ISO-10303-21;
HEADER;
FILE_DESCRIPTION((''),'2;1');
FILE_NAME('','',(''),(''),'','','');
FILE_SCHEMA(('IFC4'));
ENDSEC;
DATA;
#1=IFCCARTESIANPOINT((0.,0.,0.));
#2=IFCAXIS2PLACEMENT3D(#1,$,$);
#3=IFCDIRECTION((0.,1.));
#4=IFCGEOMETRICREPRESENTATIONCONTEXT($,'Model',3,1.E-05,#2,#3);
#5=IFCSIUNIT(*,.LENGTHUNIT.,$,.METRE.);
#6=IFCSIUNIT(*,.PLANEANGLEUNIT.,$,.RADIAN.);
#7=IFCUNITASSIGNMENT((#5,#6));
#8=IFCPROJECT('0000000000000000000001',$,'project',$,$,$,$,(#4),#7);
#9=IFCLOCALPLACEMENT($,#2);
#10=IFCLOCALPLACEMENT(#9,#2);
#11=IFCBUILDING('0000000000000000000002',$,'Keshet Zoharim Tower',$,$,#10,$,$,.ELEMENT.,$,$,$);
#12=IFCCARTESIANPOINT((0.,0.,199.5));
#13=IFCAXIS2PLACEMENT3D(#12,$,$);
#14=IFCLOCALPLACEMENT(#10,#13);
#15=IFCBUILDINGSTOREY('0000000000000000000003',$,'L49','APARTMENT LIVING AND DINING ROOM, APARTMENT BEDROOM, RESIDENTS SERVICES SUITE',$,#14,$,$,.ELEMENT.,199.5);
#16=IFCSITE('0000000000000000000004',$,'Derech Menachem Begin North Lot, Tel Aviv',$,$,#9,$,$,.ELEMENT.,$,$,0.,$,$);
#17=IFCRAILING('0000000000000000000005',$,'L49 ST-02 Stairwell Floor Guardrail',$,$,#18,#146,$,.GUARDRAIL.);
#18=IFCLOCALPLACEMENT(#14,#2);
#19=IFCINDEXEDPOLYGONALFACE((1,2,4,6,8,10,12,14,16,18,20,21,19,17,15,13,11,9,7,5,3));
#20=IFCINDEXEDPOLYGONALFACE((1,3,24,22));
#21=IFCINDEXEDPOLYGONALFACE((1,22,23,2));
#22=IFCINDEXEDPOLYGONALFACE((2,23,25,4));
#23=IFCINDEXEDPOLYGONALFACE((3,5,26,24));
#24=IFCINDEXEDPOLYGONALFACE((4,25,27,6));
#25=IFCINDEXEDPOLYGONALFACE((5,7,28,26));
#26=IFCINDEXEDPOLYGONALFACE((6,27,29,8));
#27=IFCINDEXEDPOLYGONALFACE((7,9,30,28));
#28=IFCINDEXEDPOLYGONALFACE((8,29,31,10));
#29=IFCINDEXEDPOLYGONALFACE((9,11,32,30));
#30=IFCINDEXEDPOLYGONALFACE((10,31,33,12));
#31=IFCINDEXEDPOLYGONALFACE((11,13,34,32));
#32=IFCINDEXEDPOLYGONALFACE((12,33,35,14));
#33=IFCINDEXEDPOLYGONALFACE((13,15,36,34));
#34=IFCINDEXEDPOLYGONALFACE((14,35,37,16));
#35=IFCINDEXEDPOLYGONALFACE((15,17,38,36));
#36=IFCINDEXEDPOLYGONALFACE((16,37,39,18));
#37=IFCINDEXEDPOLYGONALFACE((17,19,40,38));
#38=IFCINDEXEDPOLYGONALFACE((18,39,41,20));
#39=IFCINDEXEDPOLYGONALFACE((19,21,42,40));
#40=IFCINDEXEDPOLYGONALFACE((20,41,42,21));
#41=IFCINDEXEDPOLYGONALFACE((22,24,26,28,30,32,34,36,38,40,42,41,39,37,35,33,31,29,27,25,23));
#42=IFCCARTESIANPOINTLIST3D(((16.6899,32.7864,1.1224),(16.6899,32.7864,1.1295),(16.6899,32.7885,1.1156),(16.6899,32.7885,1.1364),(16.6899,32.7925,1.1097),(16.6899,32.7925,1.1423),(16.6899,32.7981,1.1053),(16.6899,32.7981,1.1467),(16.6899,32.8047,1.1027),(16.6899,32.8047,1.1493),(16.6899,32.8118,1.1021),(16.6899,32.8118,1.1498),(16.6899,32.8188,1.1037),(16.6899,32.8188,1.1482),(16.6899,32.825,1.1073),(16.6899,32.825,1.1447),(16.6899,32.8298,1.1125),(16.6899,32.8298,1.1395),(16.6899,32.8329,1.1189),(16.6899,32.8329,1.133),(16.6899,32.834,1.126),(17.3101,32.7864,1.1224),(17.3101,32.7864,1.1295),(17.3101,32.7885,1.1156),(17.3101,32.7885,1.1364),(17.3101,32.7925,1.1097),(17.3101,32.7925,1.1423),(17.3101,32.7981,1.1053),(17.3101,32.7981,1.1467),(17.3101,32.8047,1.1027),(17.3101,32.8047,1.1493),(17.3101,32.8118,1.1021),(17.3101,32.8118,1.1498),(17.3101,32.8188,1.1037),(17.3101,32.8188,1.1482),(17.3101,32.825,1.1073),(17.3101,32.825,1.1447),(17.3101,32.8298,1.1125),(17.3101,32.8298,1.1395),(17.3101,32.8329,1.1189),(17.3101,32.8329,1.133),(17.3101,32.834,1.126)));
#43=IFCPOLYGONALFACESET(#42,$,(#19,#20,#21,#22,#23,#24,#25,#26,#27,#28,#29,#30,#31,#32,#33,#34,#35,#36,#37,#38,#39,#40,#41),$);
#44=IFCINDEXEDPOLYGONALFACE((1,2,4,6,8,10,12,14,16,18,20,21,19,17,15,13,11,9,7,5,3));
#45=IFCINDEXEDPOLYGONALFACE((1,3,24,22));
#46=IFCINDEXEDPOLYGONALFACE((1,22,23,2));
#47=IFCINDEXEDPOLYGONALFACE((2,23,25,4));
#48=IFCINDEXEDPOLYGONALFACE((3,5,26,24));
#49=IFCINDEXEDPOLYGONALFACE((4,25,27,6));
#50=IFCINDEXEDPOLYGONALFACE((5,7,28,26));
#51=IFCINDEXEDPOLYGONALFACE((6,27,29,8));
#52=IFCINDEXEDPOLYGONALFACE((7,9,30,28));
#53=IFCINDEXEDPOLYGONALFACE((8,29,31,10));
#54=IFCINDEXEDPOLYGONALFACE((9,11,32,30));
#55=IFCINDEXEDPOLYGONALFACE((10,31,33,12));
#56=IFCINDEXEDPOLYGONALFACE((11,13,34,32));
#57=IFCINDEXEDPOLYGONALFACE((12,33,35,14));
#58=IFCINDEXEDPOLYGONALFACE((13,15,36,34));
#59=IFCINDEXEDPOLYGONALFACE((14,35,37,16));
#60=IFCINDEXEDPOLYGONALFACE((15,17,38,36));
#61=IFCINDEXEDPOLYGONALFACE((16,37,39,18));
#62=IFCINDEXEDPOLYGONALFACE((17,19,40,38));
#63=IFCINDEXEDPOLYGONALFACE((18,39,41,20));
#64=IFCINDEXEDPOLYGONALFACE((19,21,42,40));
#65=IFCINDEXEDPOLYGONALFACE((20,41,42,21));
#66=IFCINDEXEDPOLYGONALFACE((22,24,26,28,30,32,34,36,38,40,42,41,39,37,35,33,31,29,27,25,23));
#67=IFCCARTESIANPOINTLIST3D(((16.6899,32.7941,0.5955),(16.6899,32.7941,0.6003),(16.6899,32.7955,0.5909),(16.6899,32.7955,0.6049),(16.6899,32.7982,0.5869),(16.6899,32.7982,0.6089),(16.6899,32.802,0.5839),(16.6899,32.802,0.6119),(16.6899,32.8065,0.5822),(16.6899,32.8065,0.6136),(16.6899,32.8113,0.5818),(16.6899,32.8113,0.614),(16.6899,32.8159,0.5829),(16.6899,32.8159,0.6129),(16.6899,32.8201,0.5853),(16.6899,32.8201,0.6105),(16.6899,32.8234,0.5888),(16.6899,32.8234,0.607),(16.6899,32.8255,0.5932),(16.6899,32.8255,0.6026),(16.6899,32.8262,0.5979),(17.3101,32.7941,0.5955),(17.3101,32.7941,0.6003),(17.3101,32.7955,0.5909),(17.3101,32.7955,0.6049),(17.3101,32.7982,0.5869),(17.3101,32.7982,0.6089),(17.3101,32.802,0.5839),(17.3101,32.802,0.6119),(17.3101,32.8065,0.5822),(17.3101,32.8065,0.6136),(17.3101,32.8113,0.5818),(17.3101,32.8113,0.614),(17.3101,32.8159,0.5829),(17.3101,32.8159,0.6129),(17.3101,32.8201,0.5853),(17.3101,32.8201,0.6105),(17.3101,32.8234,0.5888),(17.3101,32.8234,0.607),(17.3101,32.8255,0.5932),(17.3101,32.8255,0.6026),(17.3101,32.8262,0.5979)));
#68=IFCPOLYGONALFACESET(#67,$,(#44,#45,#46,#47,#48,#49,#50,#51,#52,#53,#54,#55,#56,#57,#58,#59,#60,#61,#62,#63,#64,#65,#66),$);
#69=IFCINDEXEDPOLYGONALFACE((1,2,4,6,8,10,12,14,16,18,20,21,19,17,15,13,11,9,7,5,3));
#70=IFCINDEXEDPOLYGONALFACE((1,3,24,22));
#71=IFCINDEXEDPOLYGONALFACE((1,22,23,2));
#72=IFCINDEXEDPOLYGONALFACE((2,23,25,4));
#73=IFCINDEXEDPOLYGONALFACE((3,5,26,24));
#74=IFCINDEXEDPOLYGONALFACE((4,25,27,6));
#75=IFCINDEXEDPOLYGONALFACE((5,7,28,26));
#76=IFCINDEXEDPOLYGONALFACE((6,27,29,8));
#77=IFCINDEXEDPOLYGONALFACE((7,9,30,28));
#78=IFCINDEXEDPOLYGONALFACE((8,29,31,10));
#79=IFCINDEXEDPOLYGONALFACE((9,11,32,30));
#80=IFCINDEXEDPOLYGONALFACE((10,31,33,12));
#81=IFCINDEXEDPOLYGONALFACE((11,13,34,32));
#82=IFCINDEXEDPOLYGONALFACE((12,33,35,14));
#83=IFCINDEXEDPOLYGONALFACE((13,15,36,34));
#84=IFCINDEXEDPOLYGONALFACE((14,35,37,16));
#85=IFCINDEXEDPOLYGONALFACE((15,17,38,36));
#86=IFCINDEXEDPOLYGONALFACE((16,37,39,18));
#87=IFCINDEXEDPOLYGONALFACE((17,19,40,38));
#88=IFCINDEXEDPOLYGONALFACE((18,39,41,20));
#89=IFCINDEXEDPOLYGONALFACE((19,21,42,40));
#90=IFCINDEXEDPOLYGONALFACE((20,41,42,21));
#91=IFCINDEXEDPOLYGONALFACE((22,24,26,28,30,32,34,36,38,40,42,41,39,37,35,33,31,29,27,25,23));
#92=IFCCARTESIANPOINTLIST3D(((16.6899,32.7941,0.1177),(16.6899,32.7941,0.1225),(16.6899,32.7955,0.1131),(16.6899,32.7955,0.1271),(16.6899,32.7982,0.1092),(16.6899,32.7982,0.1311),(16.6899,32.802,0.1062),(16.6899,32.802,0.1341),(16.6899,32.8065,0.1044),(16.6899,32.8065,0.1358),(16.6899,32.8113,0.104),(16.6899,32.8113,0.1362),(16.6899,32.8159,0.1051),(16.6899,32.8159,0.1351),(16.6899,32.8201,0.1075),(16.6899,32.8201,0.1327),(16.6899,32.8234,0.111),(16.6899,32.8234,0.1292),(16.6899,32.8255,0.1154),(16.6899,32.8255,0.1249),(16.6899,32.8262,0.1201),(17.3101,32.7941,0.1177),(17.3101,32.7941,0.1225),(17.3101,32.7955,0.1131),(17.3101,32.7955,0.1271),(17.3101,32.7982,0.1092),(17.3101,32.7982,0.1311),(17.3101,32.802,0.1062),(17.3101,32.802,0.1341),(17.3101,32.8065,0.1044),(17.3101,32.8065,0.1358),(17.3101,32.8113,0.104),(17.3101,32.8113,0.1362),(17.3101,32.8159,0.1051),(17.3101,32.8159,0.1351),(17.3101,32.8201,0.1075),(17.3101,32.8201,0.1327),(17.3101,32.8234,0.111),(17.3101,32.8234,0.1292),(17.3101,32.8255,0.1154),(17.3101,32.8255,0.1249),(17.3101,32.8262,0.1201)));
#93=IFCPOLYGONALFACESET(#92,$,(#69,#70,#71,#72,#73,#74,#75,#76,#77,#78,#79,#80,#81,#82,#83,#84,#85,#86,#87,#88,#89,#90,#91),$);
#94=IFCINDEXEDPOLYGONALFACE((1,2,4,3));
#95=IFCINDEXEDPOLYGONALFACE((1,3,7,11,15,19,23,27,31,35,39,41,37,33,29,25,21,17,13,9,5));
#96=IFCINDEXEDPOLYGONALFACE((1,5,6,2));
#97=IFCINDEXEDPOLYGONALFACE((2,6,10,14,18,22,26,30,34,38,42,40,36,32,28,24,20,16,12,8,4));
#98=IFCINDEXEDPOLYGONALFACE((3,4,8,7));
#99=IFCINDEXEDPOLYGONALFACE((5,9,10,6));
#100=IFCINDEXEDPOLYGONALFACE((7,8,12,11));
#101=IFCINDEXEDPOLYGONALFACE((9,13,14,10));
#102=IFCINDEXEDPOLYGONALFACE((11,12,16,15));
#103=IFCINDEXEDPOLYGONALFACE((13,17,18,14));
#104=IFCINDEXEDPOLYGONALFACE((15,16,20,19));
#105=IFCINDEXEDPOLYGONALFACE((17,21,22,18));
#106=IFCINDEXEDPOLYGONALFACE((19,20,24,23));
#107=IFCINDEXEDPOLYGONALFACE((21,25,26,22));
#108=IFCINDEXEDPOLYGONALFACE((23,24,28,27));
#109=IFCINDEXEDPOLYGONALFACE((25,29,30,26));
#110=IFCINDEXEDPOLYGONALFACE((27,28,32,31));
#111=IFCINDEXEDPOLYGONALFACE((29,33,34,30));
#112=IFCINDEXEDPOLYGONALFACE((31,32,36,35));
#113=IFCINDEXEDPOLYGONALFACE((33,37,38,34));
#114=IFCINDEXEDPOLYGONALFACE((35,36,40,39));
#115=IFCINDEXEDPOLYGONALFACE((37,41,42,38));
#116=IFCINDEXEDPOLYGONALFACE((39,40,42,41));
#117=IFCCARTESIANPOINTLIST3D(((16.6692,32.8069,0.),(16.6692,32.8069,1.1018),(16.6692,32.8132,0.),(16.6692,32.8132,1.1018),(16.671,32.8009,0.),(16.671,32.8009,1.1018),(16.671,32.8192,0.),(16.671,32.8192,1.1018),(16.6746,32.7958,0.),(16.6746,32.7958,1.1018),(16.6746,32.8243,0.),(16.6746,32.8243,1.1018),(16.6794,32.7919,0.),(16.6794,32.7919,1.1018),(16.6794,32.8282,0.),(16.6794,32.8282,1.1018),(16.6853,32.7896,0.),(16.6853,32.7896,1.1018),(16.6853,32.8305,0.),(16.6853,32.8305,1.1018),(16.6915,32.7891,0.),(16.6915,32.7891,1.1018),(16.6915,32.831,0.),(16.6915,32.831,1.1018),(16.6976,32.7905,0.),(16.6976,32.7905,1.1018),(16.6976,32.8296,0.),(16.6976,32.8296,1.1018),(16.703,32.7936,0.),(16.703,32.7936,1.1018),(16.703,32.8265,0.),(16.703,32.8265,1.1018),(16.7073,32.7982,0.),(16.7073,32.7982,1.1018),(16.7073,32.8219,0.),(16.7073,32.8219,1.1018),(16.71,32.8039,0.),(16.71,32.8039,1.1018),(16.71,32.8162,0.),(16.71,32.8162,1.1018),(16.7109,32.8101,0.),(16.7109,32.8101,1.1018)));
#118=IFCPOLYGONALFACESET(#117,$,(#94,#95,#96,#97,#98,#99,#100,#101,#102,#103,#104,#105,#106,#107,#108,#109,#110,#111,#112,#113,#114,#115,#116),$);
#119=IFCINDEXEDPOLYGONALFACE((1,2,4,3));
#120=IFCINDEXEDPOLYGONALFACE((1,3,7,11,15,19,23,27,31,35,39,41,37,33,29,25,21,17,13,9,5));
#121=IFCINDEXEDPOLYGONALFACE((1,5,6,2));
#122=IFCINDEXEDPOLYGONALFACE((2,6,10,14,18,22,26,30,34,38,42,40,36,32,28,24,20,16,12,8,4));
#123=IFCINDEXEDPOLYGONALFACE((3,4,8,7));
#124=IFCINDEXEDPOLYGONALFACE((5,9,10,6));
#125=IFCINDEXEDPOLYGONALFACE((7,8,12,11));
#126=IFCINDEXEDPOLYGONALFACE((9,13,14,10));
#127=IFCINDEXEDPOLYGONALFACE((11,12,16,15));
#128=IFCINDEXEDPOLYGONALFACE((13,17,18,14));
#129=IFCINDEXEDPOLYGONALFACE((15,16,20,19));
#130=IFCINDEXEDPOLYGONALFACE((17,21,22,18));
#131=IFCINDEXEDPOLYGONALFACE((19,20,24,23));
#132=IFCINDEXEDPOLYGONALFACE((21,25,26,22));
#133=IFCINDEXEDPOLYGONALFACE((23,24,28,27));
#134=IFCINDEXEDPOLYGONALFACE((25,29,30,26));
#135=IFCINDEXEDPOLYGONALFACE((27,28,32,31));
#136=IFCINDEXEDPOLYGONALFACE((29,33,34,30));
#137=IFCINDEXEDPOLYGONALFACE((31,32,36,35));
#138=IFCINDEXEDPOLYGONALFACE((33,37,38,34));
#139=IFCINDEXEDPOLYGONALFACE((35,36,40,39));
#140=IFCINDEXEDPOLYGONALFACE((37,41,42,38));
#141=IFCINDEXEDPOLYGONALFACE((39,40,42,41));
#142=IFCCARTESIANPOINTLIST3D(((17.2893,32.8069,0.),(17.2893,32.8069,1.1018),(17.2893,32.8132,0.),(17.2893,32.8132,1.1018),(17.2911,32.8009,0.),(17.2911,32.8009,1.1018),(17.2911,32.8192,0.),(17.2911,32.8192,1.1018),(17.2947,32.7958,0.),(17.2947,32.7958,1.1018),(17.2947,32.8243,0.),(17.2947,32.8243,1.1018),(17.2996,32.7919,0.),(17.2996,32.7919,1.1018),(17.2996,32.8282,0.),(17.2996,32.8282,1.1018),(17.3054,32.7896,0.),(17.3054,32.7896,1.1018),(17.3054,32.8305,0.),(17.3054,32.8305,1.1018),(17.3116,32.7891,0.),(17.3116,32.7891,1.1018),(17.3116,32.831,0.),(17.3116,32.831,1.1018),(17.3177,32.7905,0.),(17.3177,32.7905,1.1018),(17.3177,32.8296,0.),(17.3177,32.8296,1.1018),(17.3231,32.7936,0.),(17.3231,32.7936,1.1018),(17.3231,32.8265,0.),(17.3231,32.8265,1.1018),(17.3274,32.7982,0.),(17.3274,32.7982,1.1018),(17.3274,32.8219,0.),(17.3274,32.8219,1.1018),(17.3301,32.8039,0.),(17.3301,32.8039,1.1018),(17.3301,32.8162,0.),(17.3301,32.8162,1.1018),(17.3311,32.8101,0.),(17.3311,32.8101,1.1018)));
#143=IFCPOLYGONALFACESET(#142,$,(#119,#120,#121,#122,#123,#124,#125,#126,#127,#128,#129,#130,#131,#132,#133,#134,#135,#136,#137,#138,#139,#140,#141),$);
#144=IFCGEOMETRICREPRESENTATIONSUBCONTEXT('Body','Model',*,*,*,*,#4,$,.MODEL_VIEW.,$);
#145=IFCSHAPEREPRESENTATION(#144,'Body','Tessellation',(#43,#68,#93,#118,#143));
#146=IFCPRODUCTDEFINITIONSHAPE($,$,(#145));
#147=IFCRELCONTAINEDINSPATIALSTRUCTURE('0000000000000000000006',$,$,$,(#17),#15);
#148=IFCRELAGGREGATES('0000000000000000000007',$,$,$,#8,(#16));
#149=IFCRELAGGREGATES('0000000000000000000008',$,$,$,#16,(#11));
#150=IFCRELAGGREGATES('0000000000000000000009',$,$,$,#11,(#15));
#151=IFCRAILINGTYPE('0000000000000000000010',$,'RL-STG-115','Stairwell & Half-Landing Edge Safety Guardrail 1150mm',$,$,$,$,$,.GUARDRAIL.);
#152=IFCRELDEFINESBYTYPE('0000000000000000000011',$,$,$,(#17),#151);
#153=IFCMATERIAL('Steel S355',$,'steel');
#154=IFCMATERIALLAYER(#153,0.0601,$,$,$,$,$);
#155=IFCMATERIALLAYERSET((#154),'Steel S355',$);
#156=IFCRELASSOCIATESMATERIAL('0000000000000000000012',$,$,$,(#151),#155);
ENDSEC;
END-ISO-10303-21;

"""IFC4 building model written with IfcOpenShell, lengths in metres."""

from ifc_helpers import new_model, si_unit, direction, frame, origin, origin_2d, place, context, subcontext, project, spatial, circle, extrude, material, layer, layer_set, type_object, element, save


model = new_model("IFC4")

# Units and contexts
model_context = context("Model", 3, precision=1e-05, world=origin(), true_north=direction((0.0, 1.0)))
body_context = subcontext(model_context, "Body", "Model", "MODEL_VIEW")
ifc_project = project(units=[si_unit("LENGTHUNIT", "METRE"), si_unit("PLANEANGLEUNIT", "RADIAN")], contexts=[model_context])

# Site, building, storey
site_placement = place(None, origin())
site = spatial("IfcSite", under=ifc_project, at=site_placement, Name="Derech Menachem Begin North Lot, Tel Aviv", CompositionType="ELEMENT", RefElevation=0.0)
building_placement = place(site_placement, origin())
building = spatial("IfcBuilding", under=site, at=building_placement, Name="Keshet Zoharim Tower", CompositionType="ELEMENT")
storey_placement = place(building_placement, frame((0.0, 0.0, 199.5)))
storey = spatial("IfcBuildingStorey", under=building, at=storey_placement, Name="L49", Description="APARTMENT LIVING AND DINING ROOM, APARTMENT BEDROOM, RESIDENTS SERVICES SUITE", CompositionType="ELEMENT", Elevation=199.5)

# Shared definitions
ifc_material_1 = material(Name="Steel S355", Category="steel")

# Railing
ifc_layer_1 = layer(ifc_material_1, 0.0601)
ifc_layer_set_1 = layer_set([ifc_layer_1], Name="Steel S355")
railing_type_1 = type_object("IfcRailingType", Name="RL-STG-115", Description="Stairwell & Half-Landing Edge Safety Guardrail 1150mm", PredefinedType="GUARDRAIL", material=ifc_layer_set_1)
railing_1_placement = place(storey_placement, frame((16.6899, 32.8101, 0.0)))
element("IfcRailing", 1, at=railing_1_placement, inside=storey, type_object=railing_type_1, Name="L49 ST-02 Stairwell Floor Guardrail", PredefinedType="GUARDRAIL", context=body_context, shape_type="SweptSolid", body=[
    extrude(circle(Radius=0.0239, at=origin_2d()), frame((0.0, 0.0, 1.126), z_axis=(1.0, 0.0, 0.0), x_axis=(0.0, 1.0, 0.0)), (0.0, 0.0, 1.0), 0.6201),
    extrude(circle(Radius=0.0161, at=origin_2d()), frame((0.0, 0.0, 0.5979), z_axis=(1.0, 0.0, 0.0), x_axis=(0.0, 1.0, 0.0)), (0.0, 0.0, 1.0), 0.6201),
    extrude(circle(Radius=0.0161, at=origin_2d()), frame((0.0, 0.0, 0.1201), z_axis=(1.0, 0.0, 0.0), x_axis=(0.0, 1.0, 0.0)), (0.0, 0.0, 1.0), 0.6201),
    extrude(circle(Radius=0.021, at=origin_2d()), origin(), (0.0, 0.0, 1.0), 1.1018),
    extrude(circle(Radius=0.021, at=origin_2d()), frame((0.6201, 0.0, 0.0)), (0.0, 0.0, 1.0), 1.1018),
])

save(model, "model.ifc")
